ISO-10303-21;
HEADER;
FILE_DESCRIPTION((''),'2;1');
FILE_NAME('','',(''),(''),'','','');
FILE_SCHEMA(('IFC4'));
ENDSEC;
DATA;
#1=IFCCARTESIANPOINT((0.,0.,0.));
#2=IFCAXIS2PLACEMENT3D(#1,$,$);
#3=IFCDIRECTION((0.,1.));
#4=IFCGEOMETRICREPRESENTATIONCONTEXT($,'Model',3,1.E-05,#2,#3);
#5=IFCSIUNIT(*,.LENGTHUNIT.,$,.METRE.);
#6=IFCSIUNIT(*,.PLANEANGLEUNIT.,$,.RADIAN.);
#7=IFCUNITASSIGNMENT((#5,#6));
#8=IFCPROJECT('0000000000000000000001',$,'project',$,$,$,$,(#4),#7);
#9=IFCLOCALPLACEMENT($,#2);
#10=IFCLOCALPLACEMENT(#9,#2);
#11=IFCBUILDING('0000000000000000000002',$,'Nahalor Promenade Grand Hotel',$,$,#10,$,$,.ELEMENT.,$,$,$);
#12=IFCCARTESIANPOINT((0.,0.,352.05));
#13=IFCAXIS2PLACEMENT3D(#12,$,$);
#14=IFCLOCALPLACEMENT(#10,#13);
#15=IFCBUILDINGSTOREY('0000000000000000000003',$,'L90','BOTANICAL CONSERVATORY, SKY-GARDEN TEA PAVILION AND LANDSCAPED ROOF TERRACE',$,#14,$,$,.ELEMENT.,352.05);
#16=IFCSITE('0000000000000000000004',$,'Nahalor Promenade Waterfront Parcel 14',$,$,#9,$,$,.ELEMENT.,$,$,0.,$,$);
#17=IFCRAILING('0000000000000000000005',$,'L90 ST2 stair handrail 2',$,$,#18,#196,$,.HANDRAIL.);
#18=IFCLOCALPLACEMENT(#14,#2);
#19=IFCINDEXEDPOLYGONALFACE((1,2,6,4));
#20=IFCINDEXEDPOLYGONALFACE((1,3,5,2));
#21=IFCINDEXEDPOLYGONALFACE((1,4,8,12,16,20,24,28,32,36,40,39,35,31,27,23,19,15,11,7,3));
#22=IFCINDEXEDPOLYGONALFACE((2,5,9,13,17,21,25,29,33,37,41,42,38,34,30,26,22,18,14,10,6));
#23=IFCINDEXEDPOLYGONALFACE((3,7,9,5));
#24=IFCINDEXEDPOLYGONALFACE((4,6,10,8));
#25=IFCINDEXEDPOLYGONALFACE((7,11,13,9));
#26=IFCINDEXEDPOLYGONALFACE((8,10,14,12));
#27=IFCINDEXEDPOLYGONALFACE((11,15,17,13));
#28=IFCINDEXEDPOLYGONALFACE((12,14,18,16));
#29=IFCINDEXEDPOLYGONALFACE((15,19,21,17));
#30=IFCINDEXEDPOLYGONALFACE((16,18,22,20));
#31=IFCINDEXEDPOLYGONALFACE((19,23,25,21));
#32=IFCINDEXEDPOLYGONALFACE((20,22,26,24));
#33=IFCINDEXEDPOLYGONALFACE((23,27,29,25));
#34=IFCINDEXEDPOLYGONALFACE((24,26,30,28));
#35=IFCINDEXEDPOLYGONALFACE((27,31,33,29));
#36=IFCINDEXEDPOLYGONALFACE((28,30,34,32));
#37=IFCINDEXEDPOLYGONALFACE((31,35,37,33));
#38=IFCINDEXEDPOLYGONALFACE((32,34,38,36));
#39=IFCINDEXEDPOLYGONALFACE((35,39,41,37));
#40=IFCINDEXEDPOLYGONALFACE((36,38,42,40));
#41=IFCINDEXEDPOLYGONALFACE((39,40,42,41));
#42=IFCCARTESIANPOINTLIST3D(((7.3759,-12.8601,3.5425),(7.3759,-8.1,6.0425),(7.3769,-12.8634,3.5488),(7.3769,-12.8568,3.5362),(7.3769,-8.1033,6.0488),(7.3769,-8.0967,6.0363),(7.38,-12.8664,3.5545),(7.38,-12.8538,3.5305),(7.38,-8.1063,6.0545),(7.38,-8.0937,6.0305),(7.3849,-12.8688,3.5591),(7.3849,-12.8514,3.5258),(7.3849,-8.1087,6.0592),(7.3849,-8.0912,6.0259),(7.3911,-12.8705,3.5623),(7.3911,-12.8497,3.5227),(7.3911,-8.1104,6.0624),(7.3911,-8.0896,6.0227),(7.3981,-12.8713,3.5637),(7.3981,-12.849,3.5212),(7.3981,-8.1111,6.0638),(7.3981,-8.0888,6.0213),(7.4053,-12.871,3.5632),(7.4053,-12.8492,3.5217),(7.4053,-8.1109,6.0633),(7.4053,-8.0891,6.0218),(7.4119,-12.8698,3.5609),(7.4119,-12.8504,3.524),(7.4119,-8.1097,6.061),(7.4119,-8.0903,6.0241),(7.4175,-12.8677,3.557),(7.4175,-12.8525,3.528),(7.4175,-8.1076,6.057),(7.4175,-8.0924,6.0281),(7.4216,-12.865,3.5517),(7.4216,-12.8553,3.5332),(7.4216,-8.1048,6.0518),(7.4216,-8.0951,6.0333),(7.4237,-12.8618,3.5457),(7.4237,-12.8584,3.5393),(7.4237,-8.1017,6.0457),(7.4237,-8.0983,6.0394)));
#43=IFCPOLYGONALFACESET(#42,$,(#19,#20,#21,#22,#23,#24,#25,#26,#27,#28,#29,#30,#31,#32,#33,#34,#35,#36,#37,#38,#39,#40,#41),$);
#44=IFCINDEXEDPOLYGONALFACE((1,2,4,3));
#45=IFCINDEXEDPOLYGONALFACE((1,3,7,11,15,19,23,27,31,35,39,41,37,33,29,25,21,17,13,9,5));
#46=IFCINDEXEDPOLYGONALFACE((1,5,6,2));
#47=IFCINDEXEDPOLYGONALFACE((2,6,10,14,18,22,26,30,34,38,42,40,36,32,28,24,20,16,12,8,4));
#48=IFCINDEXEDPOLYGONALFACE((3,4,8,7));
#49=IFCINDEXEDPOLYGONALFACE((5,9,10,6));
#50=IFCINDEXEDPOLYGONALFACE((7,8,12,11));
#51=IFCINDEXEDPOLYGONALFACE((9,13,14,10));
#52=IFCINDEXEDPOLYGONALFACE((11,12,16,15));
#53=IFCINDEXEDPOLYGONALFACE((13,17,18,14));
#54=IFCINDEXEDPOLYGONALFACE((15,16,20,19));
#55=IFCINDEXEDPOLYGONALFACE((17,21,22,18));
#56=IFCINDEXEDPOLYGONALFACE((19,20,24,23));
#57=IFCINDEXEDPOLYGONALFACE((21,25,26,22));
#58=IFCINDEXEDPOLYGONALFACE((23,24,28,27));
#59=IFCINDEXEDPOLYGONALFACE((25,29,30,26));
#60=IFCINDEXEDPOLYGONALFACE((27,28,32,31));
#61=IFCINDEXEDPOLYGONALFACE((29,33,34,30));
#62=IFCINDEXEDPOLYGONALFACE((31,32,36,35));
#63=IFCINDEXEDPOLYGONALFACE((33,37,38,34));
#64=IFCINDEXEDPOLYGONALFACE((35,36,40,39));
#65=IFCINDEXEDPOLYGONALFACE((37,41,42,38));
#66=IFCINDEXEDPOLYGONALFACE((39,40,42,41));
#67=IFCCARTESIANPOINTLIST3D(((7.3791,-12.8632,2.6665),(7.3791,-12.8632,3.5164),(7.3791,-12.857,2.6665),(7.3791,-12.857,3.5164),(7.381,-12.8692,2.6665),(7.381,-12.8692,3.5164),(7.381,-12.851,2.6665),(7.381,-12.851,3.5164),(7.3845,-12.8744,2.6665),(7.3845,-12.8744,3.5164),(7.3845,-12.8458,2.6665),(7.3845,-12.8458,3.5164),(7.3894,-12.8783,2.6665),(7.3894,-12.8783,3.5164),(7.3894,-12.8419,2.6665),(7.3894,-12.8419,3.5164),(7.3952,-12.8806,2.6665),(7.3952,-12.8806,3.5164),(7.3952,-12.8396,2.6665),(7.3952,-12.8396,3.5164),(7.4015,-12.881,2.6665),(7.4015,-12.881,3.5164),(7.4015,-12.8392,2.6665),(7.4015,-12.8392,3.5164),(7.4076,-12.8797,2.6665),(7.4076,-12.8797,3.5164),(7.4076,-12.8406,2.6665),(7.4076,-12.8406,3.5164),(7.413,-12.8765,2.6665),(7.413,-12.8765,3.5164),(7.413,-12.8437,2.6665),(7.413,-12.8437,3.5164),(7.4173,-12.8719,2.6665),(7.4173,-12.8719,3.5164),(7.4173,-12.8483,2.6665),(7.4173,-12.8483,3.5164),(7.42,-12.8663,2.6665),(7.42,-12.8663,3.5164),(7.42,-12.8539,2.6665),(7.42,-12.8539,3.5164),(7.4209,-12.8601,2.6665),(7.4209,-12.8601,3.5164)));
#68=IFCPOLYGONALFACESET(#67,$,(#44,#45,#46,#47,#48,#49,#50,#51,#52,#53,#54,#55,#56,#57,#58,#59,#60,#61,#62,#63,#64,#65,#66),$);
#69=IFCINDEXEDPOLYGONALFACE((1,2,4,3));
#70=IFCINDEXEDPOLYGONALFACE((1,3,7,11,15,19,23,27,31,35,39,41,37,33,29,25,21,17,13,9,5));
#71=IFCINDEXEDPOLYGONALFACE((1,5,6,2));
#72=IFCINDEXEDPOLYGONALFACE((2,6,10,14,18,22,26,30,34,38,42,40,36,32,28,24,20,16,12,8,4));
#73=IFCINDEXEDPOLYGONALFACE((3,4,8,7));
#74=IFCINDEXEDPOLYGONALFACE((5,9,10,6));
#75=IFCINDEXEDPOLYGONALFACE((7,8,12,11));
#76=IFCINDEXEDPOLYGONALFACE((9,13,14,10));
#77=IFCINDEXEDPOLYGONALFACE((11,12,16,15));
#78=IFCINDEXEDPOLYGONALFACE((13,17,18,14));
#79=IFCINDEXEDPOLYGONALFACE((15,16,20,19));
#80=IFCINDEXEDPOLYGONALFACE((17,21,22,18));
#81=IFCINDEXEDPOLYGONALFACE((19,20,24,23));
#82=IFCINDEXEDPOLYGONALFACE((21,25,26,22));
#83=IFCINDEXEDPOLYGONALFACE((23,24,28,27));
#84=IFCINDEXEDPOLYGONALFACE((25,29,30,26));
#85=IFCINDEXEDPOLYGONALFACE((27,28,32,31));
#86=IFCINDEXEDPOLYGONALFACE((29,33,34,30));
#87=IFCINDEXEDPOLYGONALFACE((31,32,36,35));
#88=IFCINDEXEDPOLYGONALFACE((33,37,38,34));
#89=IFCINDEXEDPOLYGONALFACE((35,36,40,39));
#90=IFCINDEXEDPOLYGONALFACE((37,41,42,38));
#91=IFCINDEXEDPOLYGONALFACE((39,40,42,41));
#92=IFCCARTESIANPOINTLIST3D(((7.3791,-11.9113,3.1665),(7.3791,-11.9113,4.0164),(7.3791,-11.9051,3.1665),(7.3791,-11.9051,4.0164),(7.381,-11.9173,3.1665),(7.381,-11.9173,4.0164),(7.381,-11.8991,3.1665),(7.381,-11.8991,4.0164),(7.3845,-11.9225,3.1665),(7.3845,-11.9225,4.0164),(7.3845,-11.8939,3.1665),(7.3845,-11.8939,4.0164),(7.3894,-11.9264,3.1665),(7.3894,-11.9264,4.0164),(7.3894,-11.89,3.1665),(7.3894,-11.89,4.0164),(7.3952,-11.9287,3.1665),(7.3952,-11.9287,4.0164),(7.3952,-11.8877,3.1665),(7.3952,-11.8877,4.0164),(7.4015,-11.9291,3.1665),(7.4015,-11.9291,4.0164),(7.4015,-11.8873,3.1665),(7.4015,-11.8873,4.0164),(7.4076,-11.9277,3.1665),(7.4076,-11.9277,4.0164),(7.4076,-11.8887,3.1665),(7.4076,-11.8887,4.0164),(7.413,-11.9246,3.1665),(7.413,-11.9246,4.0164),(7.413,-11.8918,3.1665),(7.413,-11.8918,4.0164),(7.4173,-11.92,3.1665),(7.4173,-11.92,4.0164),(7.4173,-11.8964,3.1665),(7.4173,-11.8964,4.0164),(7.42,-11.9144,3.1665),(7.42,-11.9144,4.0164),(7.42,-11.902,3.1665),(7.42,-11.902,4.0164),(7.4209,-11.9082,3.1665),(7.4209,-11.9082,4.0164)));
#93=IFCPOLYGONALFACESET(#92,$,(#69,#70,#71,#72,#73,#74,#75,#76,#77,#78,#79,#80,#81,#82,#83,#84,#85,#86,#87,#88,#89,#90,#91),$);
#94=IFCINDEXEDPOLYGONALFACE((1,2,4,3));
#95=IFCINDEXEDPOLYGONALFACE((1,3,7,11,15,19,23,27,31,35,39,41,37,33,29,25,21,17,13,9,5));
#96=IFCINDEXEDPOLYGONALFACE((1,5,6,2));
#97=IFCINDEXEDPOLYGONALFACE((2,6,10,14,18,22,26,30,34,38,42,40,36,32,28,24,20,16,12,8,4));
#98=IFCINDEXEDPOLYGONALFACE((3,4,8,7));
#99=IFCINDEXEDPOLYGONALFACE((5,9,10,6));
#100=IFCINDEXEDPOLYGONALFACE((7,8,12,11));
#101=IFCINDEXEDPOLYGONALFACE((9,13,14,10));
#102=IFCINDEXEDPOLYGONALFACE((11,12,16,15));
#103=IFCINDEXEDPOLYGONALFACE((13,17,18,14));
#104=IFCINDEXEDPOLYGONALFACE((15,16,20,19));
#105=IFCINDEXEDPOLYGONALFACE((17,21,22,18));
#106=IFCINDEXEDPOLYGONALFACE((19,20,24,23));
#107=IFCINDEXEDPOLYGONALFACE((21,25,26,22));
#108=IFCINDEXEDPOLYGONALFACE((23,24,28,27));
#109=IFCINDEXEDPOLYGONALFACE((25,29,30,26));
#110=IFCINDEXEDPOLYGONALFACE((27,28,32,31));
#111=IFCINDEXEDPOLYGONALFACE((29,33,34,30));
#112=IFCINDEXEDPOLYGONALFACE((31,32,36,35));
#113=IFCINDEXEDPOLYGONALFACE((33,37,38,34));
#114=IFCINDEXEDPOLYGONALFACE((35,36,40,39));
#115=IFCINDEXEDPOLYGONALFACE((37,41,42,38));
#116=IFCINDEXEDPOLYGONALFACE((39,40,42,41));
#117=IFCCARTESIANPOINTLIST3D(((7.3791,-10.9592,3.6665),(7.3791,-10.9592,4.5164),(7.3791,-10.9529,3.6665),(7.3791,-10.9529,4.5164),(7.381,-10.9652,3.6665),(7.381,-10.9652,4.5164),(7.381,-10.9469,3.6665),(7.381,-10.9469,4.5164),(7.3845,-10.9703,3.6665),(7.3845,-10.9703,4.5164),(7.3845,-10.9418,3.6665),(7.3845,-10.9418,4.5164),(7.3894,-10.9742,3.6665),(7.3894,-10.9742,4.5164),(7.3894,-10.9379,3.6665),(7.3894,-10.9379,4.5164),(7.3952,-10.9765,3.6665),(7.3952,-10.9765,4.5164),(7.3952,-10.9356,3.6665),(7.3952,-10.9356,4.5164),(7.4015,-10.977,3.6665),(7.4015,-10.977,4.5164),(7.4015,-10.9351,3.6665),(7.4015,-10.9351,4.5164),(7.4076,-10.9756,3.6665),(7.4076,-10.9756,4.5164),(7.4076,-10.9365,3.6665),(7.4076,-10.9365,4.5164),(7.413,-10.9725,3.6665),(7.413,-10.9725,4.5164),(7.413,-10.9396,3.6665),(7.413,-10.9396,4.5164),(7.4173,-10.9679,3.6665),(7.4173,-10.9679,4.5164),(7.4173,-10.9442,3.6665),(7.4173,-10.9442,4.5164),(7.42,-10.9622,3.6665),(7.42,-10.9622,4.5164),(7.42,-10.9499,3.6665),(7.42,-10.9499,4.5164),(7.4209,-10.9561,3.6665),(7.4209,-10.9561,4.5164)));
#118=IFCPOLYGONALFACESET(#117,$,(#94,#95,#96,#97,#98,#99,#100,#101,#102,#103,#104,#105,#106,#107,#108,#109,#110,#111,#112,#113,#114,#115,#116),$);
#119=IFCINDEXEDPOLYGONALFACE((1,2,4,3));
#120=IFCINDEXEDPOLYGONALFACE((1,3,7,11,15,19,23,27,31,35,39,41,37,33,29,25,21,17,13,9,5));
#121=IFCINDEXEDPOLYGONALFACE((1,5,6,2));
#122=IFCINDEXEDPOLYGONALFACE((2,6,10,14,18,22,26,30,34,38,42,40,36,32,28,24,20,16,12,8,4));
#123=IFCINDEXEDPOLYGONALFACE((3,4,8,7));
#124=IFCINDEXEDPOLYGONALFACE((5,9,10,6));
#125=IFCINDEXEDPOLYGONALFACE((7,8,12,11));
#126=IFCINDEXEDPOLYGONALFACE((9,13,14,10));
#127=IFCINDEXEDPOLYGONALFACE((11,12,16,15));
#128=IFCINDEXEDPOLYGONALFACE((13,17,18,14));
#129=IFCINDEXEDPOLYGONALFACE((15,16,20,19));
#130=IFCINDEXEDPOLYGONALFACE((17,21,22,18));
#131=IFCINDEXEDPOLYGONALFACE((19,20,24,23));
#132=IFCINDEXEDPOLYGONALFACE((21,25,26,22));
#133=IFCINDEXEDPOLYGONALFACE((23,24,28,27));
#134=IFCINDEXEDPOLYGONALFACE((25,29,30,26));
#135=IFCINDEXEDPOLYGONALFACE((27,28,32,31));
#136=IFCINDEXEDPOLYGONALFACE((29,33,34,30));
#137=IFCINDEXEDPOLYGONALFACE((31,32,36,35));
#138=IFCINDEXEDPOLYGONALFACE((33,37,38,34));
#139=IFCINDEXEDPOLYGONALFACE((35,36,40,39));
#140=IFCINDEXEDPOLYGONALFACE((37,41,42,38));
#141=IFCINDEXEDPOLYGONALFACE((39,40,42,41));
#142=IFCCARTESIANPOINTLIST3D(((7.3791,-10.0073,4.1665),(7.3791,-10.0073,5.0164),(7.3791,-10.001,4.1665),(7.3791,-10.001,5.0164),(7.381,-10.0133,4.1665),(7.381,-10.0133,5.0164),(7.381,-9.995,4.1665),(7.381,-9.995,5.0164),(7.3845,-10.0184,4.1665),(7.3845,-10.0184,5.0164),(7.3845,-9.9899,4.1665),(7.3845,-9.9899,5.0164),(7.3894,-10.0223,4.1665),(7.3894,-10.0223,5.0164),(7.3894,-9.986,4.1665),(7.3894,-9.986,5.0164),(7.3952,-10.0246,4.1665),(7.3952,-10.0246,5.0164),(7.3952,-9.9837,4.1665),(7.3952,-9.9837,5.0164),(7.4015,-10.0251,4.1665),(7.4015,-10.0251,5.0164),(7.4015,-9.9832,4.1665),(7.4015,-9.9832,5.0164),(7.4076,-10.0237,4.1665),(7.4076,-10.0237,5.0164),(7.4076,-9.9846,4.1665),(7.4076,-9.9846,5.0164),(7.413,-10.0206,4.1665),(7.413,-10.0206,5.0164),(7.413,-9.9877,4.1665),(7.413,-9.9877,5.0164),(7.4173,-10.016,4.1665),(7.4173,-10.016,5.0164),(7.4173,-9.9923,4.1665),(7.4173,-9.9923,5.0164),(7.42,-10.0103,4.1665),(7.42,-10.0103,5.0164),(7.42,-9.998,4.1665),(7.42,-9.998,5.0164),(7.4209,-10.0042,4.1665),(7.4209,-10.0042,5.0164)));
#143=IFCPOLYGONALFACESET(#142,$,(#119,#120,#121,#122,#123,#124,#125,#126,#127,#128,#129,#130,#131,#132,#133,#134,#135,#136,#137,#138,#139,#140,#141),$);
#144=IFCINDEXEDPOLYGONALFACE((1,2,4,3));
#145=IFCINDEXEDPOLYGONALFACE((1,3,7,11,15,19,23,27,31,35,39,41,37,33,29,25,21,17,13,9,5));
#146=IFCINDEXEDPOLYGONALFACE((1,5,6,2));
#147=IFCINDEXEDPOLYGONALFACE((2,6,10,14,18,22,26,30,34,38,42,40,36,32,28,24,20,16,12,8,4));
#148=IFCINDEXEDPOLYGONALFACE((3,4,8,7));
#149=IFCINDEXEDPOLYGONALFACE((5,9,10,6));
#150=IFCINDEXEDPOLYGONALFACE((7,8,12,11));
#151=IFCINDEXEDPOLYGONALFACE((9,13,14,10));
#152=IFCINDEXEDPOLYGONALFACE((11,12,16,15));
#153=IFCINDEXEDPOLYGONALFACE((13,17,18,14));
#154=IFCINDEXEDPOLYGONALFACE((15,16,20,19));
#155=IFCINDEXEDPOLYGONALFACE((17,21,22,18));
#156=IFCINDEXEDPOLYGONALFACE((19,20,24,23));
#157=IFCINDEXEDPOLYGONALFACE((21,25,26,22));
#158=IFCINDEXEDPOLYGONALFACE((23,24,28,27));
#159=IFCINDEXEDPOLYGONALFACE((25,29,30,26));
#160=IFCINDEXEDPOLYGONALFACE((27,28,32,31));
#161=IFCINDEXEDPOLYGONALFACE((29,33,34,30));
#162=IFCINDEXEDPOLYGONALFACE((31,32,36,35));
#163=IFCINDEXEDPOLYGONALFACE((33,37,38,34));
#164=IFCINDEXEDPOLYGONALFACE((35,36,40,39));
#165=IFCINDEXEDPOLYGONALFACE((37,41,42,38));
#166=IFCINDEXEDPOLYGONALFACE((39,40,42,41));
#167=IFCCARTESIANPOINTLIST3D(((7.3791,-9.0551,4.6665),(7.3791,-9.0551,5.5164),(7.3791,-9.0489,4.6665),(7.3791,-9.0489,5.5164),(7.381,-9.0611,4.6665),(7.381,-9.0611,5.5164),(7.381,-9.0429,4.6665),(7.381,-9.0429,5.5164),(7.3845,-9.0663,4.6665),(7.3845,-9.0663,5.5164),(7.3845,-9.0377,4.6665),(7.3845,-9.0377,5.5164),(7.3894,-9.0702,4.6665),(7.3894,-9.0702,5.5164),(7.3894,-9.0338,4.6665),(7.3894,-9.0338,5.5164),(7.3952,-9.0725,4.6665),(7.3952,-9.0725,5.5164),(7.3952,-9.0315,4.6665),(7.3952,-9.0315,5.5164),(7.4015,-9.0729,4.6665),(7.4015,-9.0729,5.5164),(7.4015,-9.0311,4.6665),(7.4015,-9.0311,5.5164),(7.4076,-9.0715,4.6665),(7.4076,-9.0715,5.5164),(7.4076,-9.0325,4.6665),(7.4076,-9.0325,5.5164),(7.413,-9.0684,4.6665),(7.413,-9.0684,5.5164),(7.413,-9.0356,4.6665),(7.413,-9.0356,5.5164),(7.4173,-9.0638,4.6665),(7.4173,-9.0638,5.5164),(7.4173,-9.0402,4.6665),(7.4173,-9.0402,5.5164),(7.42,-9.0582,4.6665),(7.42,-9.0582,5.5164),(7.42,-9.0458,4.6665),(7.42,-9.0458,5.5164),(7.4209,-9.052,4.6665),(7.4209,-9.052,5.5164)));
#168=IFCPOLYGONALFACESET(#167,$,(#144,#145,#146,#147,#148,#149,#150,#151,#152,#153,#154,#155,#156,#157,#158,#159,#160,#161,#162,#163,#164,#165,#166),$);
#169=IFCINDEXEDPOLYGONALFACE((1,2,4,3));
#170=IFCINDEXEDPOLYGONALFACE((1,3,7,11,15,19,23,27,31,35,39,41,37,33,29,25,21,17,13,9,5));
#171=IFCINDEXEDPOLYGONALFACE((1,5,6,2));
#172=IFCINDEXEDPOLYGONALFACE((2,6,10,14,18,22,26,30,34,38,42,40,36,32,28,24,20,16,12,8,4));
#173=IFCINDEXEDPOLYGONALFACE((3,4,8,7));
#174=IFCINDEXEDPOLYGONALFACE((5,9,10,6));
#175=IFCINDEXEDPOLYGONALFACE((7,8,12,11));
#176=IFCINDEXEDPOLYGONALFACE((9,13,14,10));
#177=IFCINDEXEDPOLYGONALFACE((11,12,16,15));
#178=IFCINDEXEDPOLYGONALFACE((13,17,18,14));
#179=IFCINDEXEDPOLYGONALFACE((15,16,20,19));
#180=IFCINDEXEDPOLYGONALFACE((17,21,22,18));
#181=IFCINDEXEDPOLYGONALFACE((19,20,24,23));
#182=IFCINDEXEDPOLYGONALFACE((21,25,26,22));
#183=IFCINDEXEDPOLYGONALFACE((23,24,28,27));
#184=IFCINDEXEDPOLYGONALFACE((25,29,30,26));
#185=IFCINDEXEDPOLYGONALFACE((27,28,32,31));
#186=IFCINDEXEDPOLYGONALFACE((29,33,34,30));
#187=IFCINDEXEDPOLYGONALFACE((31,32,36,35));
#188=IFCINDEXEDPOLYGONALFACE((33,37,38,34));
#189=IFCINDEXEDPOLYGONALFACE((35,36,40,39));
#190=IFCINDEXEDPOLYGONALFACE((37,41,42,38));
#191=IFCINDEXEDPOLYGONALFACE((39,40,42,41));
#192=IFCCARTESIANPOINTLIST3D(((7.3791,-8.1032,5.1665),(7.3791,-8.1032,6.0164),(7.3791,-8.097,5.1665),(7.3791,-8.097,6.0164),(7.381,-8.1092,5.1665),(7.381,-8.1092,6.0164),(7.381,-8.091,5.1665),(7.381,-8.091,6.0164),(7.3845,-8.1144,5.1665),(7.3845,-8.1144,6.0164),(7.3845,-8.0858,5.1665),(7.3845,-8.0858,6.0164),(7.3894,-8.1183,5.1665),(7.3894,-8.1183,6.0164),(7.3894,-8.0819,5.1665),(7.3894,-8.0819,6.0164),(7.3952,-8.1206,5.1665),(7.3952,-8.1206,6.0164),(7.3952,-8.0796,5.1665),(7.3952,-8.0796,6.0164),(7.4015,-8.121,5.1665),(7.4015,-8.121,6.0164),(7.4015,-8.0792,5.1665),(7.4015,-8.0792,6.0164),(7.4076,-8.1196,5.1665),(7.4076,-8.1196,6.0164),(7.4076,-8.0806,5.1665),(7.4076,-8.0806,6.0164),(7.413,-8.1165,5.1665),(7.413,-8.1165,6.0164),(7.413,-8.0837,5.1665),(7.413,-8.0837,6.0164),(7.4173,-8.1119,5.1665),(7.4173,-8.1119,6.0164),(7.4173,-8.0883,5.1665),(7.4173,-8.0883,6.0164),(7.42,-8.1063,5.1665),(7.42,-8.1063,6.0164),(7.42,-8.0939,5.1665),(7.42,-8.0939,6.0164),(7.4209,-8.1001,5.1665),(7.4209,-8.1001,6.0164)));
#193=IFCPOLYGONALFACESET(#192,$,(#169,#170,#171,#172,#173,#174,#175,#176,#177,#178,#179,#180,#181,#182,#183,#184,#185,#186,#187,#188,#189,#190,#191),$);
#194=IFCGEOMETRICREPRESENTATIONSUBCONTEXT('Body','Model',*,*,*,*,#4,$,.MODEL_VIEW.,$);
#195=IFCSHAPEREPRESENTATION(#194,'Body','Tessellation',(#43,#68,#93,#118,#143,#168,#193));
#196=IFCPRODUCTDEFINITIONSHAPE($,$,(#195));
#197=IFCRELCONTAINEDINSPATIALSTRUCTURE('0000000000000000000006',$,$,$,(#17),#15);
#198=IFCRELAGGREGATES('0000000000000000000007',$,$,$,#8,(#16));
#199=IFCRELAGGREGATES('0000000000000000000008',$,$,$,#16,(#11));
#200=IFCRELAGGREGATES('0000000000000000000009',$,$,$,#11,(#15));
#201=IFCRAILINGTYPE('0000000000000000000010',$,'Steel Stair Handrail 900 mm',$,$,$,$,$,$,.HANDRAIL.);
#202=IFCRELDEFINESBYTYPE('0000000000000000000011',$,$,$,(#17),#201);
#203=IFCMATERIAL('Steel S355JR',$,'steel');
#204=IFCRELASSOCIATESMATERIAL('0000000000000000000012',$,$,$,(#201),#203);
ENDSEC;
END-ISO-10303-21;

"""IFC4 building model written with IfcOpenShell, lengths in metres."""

from ifc_helpers import new_model, si_unit, direction, frame, origin, origin_2d, place, context, subcontext, project, spatial, circle, extrude, material, type_object, element, save


model = new_model("IFC4")

# Units and contexts
model_context = context("Model", 3, precision=1e-05, world=origin(), true_north=direction((0.0, 1.0)))
body_context = subcontext(model_context, "Body", "Model", "MODEL_VIEW")
ifc_project = project(units=[si_unit("LENGTHUNIT", "METRE"), si_unit("PLANEANGLEUNIT", "RADIAN")], contexts=[model_context])

# Site, building, storey
site_placement = place(None, origin())
site = spatial("IfcSite", under=ifc_project, at=site_placement, Name="Nahalor Promenade Waterfront Parcel 14", CompositionType="ELEMENT", RefElevation=0.0)
building_placement = place(site_placement, origin())
building = spatial("IfcBuilding", under=site, at=building_placement, Name="Nahalor Promenade Grand Hotel", CompositionType="ELEMENT")
storey_placement = place(building_placement, frame((0.0, 0.0, 352.05)))
storey = spatial("IfcBuildingStorey", under=building, at=storey_placement, Name="L90", Description="BOTANICAL CONSERVATORY, SKY-GARDEN TEA PAVILION AND LANDSCAPED ROOF TERRACE", CompositionType="ELEMENT", Elevation=352.05)

# Shared definitions
ifc_material_1 = material(Name="Steel S355JR", Category="steel")

# Railing
railing_type_1 = type_object("IfcRailingType", Name="Steel Stair Handrail 900 mm", PredefinedType="HANDRAIL", material=ifc_material_1)
railing_1_placement = place(storey_placement, frame((7.3999, -12.8601, 2.6665)))
element("IfcRailing", 1, at=railing_1_placement, inside=storey, type_object=railing_type_1, Name="L90 ST2 stair handrail 2", PredefinedType="HANDRAIL", context=body_context, shape_type="SweptSolid", body=[
    extrude(circle(Radius=0.024, at=origin_2d()), frame((0.0, 0.0, 0.876), z_axis=(0.0, 0.885322, 0.464979), x_axis=(-1.0, 0.0, 0.0)), (0.0, 0.0, 1.0), 5.3767),
    extrude(circle(Radius=0.021, at=origin_2d()), origin(), (0.0, 0.0, 1.0), 0.8499),
    extrude(circle(Radius=0.021, at=origin_2d()), frame((0.0, 0.9519, 0.5)), (0.0, 0.0, 1.0), 0.8499),
    extrude(circle(Radius=0.021, at=origin_2d()), frame((0.0, 1.9041, 1.0)), (0.0, 0.0, 1.0), 0.8499),
    extrude(circle(Radius=0.021, at=origin_2d()), frame((0.0, 2.856, 1.5)), (0.0, 0.0, 1.0), 0.8499),
    extrude(circle(Radius=0.021, at=origin_2d()), frame((0.0, 3.8081, 2.0)), (0.0, 0.0, 1.0), 0.8499),
    extrude(circle(Radius=0.021, at=origin_2d()), frame((0.0, 4.76, 2.5)), (0.0, 0.0, 1.0), 0.8499),
])

save(model, "model.ifc")
